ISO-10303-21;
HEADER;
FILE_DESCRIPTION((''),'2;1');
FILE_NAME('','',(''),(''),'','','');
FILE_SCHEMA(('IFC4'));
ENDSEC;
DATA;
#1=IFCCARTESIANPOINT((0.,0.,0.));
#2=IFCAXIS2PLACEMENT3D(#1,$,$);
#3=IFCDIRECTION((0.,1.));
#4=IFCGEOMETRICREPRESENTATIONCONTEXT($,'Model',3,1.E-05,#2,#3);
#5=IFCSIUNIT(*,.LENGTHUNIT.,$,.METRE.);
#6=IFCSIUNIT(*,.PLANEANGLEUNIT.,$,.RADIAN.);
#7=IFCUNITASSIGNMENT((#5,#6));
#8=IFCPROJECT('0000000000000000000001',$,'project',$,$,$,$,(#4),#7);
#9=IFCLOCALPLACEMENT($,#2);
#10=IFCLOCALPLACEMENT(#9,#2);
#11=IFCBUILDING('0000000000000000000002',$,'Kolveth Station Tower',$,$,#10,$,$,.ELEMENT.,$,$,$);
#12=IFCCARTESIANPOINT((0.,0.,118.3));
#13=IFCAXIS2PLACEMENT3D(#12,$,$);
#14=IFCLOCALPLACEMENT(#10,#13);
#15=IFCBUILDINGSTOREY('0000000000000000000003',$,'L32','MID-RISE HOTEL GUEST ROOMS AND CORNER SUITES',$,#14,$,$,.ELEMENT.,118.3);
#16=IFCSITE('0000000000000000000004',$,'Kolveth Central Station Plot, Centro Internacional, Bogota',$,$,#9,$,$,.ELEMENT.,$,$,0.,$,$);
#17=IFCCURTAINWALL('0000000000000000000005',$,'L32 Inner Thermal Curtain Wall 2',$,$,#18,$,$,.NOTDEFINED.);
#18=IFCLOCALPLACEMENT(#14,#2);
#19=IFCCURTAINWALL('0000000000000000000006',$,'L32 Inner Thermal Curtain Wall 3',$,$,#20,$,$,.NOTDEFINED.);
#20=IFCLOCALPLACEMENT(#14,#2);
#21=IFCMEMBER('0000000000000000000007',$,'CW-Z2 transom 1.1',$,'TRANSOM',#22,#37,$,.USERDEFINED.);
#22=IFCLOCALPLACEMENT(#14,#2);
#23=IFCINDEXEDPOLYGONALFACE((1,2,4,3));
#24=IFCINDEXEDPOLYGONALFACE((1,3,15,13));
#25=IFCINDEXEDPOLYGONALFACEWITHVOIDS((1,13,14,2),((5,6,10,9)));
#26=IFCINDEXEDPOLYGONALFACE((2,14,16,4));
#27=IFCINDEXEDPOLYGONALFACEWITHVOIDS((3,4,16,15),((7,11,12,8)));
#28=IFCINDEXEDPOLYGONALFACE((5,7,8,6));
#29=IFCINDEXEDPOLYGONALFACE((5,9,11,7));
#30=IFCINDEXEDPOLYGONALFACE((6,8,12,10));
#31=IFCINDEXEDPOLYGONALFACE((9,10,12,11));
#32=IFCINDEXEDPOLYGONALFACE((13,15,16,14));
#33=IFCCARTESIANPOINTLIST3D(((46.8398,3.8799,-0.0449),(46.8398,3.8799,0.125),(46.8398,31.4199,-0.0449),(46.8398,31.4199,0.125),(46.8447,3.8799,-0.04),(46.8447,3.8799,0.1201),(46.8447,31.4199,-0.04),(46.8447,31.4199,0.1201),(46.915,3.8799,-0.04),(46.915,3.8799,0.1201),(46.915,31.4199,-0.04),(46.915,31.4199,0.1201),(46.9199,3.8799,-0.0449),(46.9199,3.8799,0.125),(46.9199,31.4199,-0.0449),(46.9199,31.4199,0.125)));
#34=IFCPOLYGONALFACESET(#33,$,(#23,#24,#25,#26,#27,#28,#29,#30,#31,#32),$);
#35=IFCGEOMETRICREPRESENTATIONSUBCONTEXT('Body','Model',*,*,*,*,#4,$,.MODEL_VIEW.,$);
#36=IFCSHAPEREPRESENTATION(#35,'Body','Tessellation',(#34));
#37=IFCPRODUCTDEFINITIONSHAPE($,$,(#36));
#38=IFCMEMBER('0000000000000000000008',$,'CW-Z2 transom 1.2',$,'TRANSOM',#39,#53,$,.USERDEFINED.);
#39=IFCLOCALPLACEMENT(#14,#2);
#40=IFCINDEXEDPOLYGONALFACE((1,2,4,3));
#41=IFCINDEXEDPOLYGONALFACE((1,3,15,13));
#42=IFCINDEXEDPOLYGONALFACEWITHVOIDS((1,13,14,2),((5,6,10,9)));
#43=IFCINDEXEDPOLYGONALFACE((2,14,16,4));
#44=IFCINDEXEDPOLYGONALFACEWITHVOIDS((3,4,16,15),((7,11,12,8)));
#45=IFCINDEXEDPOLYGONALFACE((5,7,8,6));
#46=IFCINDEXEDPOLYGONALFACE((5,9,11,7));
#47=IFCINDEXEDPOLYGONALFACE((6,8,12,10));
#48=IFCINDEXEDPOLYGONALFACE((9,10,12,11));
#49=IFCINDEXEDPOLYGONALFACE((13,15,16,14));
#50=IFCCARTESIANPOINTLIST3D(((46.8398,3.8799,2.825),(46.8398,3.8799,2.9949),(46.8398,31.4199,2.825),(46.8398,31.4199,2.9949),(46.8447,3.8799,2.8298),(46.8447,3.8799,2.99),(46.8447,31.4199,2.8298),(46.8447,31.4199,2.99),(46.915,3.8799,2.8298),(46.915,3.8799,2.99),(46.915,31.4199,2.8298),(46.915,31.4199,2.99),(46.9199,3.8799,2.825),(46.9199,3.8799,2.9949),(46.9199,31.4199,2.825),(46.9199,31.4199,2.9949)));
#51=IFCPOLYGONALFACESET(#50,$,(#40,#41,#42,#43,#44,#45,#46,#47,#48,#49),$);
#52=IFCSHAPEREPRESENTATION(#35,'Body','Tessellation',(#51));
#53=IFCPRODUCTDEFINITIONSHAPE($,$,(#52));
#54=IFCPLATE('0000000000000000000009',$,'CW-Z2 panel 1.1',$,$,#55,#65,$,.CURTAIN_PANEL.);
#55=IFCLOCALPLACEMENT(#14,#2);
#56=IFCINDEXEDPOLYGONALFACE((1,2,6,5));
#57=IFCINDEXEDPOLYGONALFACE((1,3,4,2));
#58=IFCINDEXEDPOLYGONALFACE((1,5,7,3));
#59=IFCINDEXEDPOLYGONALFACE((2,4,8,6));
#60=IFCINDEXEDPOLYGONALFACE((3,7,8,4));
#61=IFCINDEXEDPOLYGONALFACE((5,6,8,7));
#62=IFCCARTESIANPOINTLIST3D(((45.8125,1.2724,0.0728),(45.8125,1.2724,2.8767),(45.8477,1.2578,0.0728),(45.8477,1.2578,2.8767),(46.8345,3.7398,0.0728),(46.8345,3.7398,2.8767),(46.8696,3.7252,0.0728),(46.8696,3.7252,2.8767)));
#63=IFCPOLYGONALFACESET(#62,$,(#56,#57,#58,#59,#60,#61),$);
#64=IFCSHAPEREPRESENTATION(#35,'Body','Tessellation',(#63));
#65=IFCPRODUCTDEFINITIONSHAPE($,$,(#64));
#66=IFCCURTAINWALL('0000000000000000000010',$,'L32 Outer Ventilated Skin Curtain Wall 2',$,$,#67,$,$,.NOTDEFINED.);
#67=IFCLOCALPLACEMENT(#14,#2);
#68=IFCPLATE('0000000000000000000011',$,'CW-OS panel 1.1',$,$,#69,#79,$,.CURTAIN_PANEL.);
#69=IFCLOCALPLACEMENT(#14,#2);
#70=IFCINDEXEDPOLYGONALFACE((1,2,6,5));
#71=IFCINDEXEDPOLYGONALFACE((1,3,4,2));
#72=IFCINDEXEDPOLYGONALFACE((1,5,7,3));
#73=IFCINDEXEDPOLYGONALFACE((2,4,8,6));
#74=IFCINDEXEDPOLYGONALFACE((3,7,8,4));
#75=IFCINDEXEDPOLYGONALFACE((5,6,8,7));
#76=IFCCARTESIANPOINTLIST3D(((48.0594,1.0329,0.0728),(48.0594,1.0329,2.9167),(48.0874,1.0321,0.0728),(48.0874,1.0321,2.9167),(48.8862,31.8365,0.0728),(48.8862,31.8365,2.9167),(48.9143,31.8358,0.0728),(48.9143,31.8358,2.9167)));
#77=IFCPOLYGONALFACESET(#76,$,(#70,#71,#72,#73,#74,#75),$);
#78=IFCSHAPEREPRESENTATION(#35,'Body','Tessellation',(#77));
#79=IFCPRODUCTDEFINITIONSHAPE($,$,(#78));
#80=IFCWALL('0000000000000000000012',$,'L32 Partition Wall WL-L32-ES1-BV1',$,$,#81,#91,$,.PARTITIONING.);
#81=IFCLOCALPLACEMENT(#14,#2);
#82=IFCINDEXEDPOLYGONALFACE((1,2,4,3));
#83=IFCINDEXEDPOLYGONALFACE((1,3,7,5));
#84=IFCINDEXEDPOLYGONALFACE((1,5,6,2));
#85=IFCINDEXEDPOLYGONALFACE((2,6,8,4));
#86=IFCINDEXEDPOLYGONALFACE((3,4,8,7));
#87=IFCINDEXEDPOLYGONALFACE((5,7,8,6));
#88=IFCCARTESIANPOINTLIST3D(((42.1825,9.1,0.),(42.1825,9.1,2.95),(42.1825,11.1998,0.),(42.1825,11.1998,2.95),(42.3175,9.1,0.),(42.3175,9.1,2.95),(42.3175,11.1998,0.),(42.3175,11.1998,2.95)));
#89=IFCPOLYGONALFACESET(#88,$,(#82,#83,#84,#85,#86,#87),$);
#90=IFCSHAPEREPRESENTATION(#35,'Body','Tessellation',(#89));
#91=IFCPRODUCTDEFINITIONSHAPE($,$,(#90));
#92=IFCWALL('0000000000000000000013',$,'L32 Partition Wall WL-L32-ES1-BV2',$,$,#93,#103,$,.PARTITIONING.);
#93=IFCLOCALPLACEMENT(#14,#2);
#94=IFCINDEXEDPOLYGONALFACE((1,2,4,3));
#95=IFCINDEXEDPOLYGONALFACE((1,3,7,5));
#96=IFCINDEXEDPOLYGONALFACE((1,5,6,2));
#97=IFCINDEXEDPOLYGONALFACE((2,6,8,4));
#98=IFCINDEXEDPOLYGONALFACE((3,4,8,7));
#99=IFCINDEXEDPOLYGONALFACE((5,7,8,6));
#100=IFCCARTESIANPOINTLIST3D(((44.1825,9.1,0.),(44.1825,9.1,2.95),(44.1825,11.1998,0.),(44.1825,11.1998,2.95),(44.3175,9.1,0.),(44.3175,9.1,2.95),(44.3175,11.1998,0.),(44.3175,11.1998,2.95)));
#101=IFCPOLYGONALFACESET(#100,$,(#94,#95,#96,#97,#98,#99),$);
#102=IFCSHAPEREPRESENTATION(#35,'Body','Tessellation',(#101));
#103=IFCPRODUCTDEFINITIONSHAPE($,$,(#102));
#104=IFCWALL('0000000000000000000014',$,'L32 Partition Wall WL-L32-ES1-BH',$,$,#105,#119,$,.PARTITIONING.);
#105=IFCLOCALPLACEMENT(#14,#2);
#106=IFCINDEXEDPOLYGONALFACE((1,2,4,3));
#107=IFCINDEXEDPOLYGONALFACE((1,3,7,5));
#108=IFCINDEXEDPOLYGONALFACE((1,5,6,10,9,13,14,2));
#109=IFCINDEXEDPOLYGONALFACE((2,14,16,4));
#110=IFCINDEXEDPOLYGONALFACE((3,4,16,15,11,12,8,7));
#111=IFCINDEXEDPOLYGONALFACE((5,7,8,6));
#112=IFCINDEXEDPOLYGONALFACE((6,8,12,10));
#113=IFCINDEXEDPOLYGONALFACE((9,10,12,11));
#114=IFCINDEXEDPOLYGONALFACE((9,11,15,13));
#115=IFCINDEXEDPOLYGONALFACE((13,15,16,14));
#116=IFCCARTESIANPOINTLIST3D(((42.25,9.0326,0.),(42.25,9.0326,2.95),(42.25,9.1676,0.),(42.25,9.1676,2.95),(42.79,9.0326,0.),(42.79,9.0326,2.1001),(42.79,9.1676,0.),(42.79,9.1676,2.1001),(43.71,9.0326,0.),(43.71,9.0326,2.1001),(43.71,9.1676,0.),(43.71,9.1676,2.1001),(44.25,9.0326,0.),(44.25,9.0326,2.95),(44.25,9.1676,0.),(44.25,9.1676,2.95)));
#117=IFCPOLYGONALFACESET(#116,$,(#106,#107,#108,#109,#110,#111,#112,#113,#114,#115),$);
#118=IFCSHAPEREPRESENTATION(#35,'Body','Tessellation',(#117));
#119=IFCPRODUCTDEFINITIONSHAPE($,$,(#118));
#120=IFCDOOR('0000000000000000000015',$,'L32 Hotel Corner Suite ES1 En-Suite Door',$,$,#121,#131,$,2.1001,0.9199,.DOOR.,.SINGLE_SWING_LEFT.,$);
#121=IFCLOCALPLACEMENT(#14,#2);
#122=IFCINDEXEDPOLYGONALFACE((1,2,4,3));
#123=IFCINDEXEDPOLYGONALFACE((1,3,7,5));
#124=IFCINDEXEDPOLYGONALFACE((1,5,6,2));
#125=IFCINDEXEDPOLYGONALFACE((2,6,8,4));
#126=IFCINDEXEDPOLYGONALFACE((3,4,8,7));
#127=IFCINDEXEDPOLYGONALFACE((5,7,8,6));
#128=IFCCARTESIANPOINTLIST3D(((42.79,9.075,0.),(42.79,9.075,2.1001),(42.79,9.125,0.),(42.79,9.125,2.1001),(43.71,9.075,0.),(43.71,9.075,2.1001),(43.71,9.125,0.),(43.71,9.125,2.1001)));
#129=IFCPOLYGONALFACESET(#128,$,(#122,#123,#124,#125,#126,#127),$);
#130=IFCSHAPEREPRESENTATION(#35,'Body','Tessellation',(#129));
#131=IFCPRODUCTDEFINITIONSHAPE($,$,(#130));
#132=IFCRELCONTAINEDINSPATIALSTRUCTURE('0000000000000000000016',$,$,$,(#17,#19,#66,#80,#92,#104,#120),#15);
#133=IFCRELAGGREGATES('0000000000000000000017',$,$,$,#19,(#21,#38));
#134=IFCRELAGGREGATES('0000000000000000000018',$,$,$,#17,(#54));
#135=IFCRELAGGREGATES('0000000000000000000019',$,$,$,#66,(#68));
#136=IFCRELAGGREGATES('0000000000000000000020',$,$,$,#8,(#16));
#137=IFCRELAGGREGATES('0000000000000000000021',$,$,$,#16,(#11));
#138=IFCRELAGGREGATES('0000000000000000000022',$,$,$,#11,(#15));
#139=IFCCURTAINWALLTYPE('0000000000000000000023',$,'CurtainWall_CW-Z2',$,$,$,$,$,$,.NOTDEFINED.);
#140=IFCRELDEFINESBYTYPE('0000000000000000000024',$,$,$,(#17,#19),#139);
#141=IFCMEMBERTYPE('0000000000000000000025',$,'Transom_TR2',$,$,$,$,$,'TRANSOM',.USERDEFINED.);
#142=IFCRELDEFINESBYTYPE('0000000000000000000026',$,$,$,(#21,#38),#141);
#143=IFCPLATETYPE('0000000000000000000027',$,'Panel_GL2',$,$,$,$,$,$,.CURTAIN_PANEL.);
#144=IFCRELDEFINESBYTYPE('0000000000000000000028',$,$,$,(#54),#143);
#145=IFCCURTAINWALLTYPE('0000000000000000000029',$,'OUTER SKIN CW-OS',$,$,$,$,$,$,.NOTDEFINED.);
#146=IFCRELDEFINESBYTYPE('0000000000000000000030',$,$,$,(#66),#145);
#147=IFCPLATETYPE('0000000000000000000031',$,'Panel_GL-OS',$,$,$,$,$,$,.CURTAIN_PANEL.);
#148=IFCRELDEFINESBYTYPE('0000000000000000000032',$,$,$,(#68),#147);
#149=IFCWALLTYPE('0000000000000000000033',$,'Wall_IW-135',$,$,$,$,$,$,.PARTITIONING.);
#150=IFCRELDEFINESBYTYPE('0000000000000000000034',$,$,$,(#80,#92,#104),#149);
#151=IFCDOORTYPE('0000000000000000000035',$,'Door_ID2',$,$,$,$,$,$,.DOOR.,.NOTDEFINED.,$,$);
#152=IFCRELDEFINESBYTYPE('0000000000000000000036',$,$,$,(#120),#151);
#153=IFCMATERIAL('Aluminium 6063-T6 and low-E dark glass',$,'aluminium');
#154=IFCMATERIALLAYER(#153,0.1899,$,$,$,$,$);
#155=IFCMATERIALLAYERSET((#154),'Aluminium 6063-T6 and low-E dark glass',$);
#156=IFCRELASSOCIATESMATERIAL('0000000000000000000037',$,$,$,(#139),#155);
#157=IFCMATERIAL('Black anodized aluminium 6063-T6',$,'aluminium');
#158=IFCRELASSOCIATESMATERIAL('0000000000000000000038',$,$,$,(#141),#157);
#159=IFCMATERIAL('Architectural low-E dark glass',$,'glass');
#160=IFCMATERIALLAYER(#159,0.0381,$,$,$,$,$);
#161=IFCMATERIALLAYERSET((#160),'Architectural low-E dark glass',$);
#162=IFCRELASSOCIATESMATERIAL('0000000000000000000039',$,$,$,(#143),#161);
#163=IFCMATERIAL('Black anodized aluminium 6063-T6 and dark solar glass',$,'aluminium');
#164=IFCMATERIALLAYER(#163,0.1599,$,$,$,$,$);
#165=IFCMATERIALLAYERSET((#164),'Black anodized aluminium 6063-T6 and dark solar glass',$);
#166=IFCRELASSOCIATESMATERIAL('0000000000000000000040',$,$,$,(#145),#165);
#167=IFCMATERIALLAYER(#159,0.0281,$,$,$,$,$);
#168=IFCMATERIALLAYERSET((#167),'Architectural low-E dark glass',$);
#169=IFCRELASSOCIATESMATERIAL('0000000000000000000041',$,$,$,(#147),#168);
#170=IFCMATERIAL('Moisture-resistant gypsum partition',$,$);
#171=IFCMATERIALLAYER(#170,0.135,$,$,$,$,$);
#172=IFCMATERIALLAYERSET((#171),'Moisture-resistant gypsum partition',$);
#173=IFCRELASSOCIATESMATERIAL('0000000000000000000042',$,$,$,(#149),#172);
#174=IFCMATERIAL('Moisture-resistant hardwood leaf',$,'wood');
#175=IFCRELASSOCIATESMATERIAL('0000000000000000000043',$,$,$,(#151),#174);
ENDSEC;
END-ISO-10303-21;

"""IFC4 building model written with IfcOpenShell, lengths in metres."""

from ifc_helpers import new_model, si_unit, direction, frame, frame_2d, origin, origin_2d, place, context, subcontext, project, spatial, rectangle, hollow_rectangle, extrude, source, transform, mapped, material, layer, layer_set, material_profile, profile_set, type_object, element, fill, aggregate, save


model = new_model("IFC4")

# Units and contexts
model_context = context("Model", 3, precision=1e-05, world=origin(), true_north=direction((0.0, 1.0)))
body_context = subcontext(model_context, "Body", "Model", "MODEL_VIEW")
ifc_project = project(units=[si_unit("LENGTHUNIT", "METRE"), si_unit("PLANEANGLEUNIT", "RADIAN")], contexts=[model_context])

# Site, building, storey
site_placement = place(None, origin())
site = spatial("IfcSite", under=ifc_project, at=site_placement, Name="Kolveth Central Station Plot, Centro Internacional, Bogota", CompositionType="ELEMENT", RefElevation=0.0)
building_placement = place(site_placement, origin())
building = spatial("IfcBuilding", under=site, at=building_placement, Name="Kolveth Station Tower", CompositionType="ELEMENT")
storey_placement = place(building_placement, frame((0.0, 0.0, 118.3)))
storey = spatial("IfcBuildingStorey", under=building, at=storey_placement, Name="L32", Description="MID-RISE HOTEL GUEST ROOMS AND CORNER SUITES", CompositionType="ELEMENT", Elevation=118.3)

# Curtain walls
ifc_material_1 = material(Name="Aluminium 6063-T6 and low-E dark glass", Category="aluminium")
ifc_layer_1 = layer(ifc_material_1, 0.1899)
ifc_layer_set_1 = layer_set([ifc_layer_1], Name="Aluminium 6063-T6 and low-E dark glass")
curtain_wall_type_1 = type_object("IfcCurtainWallType", Name="CurtainWall_CW-Z2", PredefinedType="NOTDEFINED", material=ifc_layer_set_1)
curtain_wall_1_placement = place(storey_placement, origin())
curtain_wall_1 = element("IfcCurtainWall", 1, at=curtain_wall_1_placement, inside=storey, type_object=curtain_wall_type_1, Name="L32 Inner Thermal Curtain Wall 2", PredefinedType="NOTDEFINED")
ifc_material_2 = material(Name="Black anodized aluminium 6063-T6", Category="aluminium")
curtain_wall_2_placement = place(storey_placement, origin())
curtain_wall_2 = element("IfcCurtainWall", 2, at=curtain_wall_2_placement, inside=storey, type_object=curtain_wall_type_1, Name="L32 Inner Thermal Curtain Wall 3", PredefinedType="NOTDEFINED")

# Members
ifc_material_profile_1 = material_profile(ifc_material_2, hollow_rectangle(XDim=0.0801, YDim=0.1699, WallThickness=0.0049, at=origin_2d()), Name="ALU-80x170x5")
ifc_profile_set_1 = profile_set([ifc_material_profile_1], Name="Black anodized aluminium 6063-T6")
member_type_1 = type_object("IfcMemberType", Name="Transom_TR2", ElementType="TRANSOM", PredefinedType="USERDEFINED", material=ifc_profile_set_1)
shared_shape_1 = source(origin(), body_context, "Body", "SweptSolid", [
    extrude(hollow_rectangle(XDim=0.0801, YDim=0.1699, WallThickness=0.0049, at=origin_2d()), origin(), (0.0, 0.0, 1.0), 27.54),
])
member_1_placement = place(storey_placement, frame((46.8799, 3.8799, 0.04), z_axis=(0.0, 1.0, 0.0), x_axis=(-1.0, 0.0, 0.0)))
member_1 = element("IfcMember", 3, at=member_1_placement, type_object=member_type_1, Name="CW-Z2 transom 1.1", ObjectType="TRANSOM", PredefinedType="USERDEFINED", context=body_context, shape_type="MappedRepresentation", body=[
    mapped(shared_shape_1, transform((0.0, 0.0, 0.0), x_axis=(1.0, 0.0, 0.0), y_axis=(0.0, 1.0, 0.0), z_axis=(0.0, 0.0, 1.0), scale=1.0)),
])
member_2_placement = place(storey_placement, frame((46.8799, 3.8799, 2.9099), z_axis=(0.0, 1.0, 0.0), x_axis=(-1.0, 0.0, 0.0)))
member_2 = element("IfcMember", 4, at=member_2_placement, type_object=member_type_1, Name="CW-Z2 transom 1.2", ObjectType="TRANSOM", PredefinedType="USERDEFINED", context=body_context, shape_type="MappedRepresentation", body=[
    mapped(shared_shape_1, transform((0.0, 0.0, 0.0), x_axis=(1.0, 0.0, 0.0), y_axis=(0.0, 1.0, 0.0), z_axis=(0.0, 0.0, 1.0), scale=1.0)),
])
aggregate(curtain_wall_2, [member_1, member_2])

# Plate
ifc_material_3 = material(Name="Architectural low-E dark glass", Category="glass")
ifc_layer_2 = layer(ifc_material_3, 0.0381)
ifc_layer_set_2 = layer_set([ifc_layer_2], Name="Architectural low-E dark glass")
plate_type_1 = type_object("IfcPlateType", Name="Panel_GL2", PredefinedType="CURTAIN_PANEL", material=ifc_layer_set_2)
shared_shape_2 = source(origin(), body_context, "Body", "SweptSolid", [
    extrude(rectangle(XDim=2.6707, YDim=0.0381, at=origin_2d()), origin(), (0.0, 0.0, 1.0), 2.804),
])
plate_1_placement = place(storey_placement, frame((46.3411, 2.4988, 0.0728), z_axis=(0.0, 0.0, 1.0), x_axis=(0.382663, 0.923888, 0.0)))
plate_1 = element("IfcPlate", 5, at=plate_1_placement, type_object=plate_type_1, Name="CW-Z2 panel 1.1", PredefinedType="CURTAIN_PANEL", context=body_context, shape_type="MappedRepresentation", body=[
    mapped(shared_shape_2, transform((0.0, 0.0, 0.0), x_axis=(1.0, 0.0, 0.0), y_axis=(0.0, 1.0, 0.0), z_axis=(0.0, 0.0, 1.0), scale=1.0)),
])
aggregate(curtain_wall_1, [plate_1])

# Curtain wall, plate
ifc_material_4 = material(Name="Black anodized aluminium 6063-T6 and dark solar glass", Category="aluminium")
ifc_layer_3 = layer(ifc_material_4, 0.1599)
ifc_layer_set_3 = layer_set([ifc_layer_3], Name="Black anodized aluminium 6063-T6 and dark solar glass")
curtain_wall_type_2 = type_object("IfcCurtainWallType", Name="OUTER SKIN CW-OS", PredefinedType="NOTDEFINED", material=ifc_layer_set_3)
curtain_wall_3_placement = place(storey_placement, origin())
curtain_wall_3 = element("IfcCurtainWall", 6, at=curtain_wall_3_placement, inside=storey, type_object=curtain_wall_type_2, Name="L32 Outer Ventilated Skin Curtain Wall 2", PredefinedType="NOTDEFINED")
ifc_layer_4 = layer(ifc_material_3, 0.0281)
ifc_layer_set_4 = layer_set([ifc_layer_4], Name="Architectural low-E dark glass")
plate_type_2 = type_object("IfcPlateType", Name="Panel_GL-OS", PredefinedType="CURTAIN_PANEL", material=ifc_layer_set_4)
shared_shape_3 = source(origin(), body_context, "Body", "SweptSolid", [
    extrude(rectangle(XDim=30.8147, YDim=0.0281, at=origin_2d()), origin(), (0.0, 0.0, 1.0), 2.844),
])
plate_2_placement = place(storey_placement, frame((48.4868, 16.4343, 0.0728), z_axis=(0.0, 0.0, 1.0), x_axis=(0.026833, 0.99964, 0.0)))
plate_2 = element("IfcPlate", 7, at=plate_2_placement, type_object=plate_type_2, Name="CW-OS panel 1.1", PredefinedType="CURTAIN_PANEL", context=body_context, shape_type="MappedRepresentation", body=[
    mapped(shared_shape_3, transform((0.0, 0.0, 0.0), x_axis=(1.0, 0.0, 0.0), y_axis=(0.0, 1.0, 0.0), z_axis=(0.0, 0.0, 1.0), scale=1.0)),
])
aggregate(curtain_wall_3, [plate_2])

# Walls
ifc_material_5 = material(Name="Moisture-resistant gypsum partition")
ifc_layer_5 = layer(ifc_material_5, 0.135)
ifc_layer_set_5 = layer_set([ifc_layer_5], Name="Moisture-resistant gypsum partition")
wall_type = type_object("IfcWallType", Name="Wall_IW-135", PredefinedType="PARTITIONING", material=ifc_layer_set_5)
for number, where, z_axis, x_axis, name in (
    (8, (42.25, 9.1001, 0.0), (0.0, 0.0, 1.0), (0.0, 1.0, 0.0), "L32 Partition Wall WL-L32-ES1-BV1"),
    (9, (44.25, 9.1001, 0.0), (0.0, 0.0, 1.0), (0.0, 1.0, 0.0), "L32 Partition Wall WL-L32-ES1-BV2"),
):
    element("IfcWall", number, at=place(storey_placement, frame(where, z_axis=z_axis, x_axis=x_axis)), inside=storey, type_object=wall_type, Name=name, PredefinedType="PARTITIONING", context=body_context, shape_type="SweptSolid", body=[
        extrude(rectangle(XDim=2.0999, YDim=0.135, at=frame_2d((1.0498, 0.0))), origin(), (0.0, 0.0, 1.0), 2.95),
    ])

# Wall, opening, door
wall_placement = place(storey_placement, frame((42.25, 9.1001, 0.0), z_axis=(0.0, 0.0, 1.0), x_axis=(1.0, 0.0, 0.0)))
wall = element("IfcWall", 10, at=wall_placement, inside=storey, type_object=wall_type, Name="L32 Partition Wall WL-L32-ES1-BH", PredefinedType="PARTITIONING", context=body_context, shape_type="SweptSolid", body=[
    extrude(rectangle(XDim=2.0, YDim=0.135, at=frame_2d((1.0, 0.0))), origin(), (0.0, 0.0, 1.0), 2.95),
])
opening_placement = place(wall_placement, frame((0.54, 0.0, 0.0)))
opening = element("IfcOpeningElement", 11, at=opening_placement, cuts=wall, PredefinedType="OPENING", context=body_context, shape_type="SweptSolid", body=[
    extrude(rectangle(XDim=0.9199, YDim=2.1001, at=frame_2d((0.46, 1.05))), frame((0.0, 0.0774, 0.0), z_axis=(0.0, -1.0, 0.0), x_axis=(1.0, 0.0, 0.0)), (0.0, 0.0, 1.0), 0.155),
])
ifc_material_6 = material(Name="Moisture-resistant hardwood leaf", Category="wood")
door_type = type_object("IfcDoorType", Name="Door_ID2", OperationType="NOTDEFINED", PredefinedType="DOOR", material=ifc_material_6)
door_placement = place(opening_placement, origin())
door = element("IfcDoor", 12, at=door_placement, inside=storey, type_object=door_type, Name="L32 Hotel Corner Suite ES1 En-Suite Door", OperationType="SINGLE_SWING_LEFT", OverallHeight=2.1001, OverallWidth=0.9199, PredefinedType="DOOR", context=body_context, shape_type="SweptSolid", body=[
    extrude(rectangle(XDim=0.9199, YDim=2.1001, at=frame_2d((0.46, 1.05))), frame((0.0, 0.0249, 0.0), z_axis=(0.0, -1.0, 0.0), x_axis=(1.0, 0.0, 0.0)), (0.0, 0.0, 1.0), 0.05),
])
fill(opening, door)

save(model, "model.ifc")
